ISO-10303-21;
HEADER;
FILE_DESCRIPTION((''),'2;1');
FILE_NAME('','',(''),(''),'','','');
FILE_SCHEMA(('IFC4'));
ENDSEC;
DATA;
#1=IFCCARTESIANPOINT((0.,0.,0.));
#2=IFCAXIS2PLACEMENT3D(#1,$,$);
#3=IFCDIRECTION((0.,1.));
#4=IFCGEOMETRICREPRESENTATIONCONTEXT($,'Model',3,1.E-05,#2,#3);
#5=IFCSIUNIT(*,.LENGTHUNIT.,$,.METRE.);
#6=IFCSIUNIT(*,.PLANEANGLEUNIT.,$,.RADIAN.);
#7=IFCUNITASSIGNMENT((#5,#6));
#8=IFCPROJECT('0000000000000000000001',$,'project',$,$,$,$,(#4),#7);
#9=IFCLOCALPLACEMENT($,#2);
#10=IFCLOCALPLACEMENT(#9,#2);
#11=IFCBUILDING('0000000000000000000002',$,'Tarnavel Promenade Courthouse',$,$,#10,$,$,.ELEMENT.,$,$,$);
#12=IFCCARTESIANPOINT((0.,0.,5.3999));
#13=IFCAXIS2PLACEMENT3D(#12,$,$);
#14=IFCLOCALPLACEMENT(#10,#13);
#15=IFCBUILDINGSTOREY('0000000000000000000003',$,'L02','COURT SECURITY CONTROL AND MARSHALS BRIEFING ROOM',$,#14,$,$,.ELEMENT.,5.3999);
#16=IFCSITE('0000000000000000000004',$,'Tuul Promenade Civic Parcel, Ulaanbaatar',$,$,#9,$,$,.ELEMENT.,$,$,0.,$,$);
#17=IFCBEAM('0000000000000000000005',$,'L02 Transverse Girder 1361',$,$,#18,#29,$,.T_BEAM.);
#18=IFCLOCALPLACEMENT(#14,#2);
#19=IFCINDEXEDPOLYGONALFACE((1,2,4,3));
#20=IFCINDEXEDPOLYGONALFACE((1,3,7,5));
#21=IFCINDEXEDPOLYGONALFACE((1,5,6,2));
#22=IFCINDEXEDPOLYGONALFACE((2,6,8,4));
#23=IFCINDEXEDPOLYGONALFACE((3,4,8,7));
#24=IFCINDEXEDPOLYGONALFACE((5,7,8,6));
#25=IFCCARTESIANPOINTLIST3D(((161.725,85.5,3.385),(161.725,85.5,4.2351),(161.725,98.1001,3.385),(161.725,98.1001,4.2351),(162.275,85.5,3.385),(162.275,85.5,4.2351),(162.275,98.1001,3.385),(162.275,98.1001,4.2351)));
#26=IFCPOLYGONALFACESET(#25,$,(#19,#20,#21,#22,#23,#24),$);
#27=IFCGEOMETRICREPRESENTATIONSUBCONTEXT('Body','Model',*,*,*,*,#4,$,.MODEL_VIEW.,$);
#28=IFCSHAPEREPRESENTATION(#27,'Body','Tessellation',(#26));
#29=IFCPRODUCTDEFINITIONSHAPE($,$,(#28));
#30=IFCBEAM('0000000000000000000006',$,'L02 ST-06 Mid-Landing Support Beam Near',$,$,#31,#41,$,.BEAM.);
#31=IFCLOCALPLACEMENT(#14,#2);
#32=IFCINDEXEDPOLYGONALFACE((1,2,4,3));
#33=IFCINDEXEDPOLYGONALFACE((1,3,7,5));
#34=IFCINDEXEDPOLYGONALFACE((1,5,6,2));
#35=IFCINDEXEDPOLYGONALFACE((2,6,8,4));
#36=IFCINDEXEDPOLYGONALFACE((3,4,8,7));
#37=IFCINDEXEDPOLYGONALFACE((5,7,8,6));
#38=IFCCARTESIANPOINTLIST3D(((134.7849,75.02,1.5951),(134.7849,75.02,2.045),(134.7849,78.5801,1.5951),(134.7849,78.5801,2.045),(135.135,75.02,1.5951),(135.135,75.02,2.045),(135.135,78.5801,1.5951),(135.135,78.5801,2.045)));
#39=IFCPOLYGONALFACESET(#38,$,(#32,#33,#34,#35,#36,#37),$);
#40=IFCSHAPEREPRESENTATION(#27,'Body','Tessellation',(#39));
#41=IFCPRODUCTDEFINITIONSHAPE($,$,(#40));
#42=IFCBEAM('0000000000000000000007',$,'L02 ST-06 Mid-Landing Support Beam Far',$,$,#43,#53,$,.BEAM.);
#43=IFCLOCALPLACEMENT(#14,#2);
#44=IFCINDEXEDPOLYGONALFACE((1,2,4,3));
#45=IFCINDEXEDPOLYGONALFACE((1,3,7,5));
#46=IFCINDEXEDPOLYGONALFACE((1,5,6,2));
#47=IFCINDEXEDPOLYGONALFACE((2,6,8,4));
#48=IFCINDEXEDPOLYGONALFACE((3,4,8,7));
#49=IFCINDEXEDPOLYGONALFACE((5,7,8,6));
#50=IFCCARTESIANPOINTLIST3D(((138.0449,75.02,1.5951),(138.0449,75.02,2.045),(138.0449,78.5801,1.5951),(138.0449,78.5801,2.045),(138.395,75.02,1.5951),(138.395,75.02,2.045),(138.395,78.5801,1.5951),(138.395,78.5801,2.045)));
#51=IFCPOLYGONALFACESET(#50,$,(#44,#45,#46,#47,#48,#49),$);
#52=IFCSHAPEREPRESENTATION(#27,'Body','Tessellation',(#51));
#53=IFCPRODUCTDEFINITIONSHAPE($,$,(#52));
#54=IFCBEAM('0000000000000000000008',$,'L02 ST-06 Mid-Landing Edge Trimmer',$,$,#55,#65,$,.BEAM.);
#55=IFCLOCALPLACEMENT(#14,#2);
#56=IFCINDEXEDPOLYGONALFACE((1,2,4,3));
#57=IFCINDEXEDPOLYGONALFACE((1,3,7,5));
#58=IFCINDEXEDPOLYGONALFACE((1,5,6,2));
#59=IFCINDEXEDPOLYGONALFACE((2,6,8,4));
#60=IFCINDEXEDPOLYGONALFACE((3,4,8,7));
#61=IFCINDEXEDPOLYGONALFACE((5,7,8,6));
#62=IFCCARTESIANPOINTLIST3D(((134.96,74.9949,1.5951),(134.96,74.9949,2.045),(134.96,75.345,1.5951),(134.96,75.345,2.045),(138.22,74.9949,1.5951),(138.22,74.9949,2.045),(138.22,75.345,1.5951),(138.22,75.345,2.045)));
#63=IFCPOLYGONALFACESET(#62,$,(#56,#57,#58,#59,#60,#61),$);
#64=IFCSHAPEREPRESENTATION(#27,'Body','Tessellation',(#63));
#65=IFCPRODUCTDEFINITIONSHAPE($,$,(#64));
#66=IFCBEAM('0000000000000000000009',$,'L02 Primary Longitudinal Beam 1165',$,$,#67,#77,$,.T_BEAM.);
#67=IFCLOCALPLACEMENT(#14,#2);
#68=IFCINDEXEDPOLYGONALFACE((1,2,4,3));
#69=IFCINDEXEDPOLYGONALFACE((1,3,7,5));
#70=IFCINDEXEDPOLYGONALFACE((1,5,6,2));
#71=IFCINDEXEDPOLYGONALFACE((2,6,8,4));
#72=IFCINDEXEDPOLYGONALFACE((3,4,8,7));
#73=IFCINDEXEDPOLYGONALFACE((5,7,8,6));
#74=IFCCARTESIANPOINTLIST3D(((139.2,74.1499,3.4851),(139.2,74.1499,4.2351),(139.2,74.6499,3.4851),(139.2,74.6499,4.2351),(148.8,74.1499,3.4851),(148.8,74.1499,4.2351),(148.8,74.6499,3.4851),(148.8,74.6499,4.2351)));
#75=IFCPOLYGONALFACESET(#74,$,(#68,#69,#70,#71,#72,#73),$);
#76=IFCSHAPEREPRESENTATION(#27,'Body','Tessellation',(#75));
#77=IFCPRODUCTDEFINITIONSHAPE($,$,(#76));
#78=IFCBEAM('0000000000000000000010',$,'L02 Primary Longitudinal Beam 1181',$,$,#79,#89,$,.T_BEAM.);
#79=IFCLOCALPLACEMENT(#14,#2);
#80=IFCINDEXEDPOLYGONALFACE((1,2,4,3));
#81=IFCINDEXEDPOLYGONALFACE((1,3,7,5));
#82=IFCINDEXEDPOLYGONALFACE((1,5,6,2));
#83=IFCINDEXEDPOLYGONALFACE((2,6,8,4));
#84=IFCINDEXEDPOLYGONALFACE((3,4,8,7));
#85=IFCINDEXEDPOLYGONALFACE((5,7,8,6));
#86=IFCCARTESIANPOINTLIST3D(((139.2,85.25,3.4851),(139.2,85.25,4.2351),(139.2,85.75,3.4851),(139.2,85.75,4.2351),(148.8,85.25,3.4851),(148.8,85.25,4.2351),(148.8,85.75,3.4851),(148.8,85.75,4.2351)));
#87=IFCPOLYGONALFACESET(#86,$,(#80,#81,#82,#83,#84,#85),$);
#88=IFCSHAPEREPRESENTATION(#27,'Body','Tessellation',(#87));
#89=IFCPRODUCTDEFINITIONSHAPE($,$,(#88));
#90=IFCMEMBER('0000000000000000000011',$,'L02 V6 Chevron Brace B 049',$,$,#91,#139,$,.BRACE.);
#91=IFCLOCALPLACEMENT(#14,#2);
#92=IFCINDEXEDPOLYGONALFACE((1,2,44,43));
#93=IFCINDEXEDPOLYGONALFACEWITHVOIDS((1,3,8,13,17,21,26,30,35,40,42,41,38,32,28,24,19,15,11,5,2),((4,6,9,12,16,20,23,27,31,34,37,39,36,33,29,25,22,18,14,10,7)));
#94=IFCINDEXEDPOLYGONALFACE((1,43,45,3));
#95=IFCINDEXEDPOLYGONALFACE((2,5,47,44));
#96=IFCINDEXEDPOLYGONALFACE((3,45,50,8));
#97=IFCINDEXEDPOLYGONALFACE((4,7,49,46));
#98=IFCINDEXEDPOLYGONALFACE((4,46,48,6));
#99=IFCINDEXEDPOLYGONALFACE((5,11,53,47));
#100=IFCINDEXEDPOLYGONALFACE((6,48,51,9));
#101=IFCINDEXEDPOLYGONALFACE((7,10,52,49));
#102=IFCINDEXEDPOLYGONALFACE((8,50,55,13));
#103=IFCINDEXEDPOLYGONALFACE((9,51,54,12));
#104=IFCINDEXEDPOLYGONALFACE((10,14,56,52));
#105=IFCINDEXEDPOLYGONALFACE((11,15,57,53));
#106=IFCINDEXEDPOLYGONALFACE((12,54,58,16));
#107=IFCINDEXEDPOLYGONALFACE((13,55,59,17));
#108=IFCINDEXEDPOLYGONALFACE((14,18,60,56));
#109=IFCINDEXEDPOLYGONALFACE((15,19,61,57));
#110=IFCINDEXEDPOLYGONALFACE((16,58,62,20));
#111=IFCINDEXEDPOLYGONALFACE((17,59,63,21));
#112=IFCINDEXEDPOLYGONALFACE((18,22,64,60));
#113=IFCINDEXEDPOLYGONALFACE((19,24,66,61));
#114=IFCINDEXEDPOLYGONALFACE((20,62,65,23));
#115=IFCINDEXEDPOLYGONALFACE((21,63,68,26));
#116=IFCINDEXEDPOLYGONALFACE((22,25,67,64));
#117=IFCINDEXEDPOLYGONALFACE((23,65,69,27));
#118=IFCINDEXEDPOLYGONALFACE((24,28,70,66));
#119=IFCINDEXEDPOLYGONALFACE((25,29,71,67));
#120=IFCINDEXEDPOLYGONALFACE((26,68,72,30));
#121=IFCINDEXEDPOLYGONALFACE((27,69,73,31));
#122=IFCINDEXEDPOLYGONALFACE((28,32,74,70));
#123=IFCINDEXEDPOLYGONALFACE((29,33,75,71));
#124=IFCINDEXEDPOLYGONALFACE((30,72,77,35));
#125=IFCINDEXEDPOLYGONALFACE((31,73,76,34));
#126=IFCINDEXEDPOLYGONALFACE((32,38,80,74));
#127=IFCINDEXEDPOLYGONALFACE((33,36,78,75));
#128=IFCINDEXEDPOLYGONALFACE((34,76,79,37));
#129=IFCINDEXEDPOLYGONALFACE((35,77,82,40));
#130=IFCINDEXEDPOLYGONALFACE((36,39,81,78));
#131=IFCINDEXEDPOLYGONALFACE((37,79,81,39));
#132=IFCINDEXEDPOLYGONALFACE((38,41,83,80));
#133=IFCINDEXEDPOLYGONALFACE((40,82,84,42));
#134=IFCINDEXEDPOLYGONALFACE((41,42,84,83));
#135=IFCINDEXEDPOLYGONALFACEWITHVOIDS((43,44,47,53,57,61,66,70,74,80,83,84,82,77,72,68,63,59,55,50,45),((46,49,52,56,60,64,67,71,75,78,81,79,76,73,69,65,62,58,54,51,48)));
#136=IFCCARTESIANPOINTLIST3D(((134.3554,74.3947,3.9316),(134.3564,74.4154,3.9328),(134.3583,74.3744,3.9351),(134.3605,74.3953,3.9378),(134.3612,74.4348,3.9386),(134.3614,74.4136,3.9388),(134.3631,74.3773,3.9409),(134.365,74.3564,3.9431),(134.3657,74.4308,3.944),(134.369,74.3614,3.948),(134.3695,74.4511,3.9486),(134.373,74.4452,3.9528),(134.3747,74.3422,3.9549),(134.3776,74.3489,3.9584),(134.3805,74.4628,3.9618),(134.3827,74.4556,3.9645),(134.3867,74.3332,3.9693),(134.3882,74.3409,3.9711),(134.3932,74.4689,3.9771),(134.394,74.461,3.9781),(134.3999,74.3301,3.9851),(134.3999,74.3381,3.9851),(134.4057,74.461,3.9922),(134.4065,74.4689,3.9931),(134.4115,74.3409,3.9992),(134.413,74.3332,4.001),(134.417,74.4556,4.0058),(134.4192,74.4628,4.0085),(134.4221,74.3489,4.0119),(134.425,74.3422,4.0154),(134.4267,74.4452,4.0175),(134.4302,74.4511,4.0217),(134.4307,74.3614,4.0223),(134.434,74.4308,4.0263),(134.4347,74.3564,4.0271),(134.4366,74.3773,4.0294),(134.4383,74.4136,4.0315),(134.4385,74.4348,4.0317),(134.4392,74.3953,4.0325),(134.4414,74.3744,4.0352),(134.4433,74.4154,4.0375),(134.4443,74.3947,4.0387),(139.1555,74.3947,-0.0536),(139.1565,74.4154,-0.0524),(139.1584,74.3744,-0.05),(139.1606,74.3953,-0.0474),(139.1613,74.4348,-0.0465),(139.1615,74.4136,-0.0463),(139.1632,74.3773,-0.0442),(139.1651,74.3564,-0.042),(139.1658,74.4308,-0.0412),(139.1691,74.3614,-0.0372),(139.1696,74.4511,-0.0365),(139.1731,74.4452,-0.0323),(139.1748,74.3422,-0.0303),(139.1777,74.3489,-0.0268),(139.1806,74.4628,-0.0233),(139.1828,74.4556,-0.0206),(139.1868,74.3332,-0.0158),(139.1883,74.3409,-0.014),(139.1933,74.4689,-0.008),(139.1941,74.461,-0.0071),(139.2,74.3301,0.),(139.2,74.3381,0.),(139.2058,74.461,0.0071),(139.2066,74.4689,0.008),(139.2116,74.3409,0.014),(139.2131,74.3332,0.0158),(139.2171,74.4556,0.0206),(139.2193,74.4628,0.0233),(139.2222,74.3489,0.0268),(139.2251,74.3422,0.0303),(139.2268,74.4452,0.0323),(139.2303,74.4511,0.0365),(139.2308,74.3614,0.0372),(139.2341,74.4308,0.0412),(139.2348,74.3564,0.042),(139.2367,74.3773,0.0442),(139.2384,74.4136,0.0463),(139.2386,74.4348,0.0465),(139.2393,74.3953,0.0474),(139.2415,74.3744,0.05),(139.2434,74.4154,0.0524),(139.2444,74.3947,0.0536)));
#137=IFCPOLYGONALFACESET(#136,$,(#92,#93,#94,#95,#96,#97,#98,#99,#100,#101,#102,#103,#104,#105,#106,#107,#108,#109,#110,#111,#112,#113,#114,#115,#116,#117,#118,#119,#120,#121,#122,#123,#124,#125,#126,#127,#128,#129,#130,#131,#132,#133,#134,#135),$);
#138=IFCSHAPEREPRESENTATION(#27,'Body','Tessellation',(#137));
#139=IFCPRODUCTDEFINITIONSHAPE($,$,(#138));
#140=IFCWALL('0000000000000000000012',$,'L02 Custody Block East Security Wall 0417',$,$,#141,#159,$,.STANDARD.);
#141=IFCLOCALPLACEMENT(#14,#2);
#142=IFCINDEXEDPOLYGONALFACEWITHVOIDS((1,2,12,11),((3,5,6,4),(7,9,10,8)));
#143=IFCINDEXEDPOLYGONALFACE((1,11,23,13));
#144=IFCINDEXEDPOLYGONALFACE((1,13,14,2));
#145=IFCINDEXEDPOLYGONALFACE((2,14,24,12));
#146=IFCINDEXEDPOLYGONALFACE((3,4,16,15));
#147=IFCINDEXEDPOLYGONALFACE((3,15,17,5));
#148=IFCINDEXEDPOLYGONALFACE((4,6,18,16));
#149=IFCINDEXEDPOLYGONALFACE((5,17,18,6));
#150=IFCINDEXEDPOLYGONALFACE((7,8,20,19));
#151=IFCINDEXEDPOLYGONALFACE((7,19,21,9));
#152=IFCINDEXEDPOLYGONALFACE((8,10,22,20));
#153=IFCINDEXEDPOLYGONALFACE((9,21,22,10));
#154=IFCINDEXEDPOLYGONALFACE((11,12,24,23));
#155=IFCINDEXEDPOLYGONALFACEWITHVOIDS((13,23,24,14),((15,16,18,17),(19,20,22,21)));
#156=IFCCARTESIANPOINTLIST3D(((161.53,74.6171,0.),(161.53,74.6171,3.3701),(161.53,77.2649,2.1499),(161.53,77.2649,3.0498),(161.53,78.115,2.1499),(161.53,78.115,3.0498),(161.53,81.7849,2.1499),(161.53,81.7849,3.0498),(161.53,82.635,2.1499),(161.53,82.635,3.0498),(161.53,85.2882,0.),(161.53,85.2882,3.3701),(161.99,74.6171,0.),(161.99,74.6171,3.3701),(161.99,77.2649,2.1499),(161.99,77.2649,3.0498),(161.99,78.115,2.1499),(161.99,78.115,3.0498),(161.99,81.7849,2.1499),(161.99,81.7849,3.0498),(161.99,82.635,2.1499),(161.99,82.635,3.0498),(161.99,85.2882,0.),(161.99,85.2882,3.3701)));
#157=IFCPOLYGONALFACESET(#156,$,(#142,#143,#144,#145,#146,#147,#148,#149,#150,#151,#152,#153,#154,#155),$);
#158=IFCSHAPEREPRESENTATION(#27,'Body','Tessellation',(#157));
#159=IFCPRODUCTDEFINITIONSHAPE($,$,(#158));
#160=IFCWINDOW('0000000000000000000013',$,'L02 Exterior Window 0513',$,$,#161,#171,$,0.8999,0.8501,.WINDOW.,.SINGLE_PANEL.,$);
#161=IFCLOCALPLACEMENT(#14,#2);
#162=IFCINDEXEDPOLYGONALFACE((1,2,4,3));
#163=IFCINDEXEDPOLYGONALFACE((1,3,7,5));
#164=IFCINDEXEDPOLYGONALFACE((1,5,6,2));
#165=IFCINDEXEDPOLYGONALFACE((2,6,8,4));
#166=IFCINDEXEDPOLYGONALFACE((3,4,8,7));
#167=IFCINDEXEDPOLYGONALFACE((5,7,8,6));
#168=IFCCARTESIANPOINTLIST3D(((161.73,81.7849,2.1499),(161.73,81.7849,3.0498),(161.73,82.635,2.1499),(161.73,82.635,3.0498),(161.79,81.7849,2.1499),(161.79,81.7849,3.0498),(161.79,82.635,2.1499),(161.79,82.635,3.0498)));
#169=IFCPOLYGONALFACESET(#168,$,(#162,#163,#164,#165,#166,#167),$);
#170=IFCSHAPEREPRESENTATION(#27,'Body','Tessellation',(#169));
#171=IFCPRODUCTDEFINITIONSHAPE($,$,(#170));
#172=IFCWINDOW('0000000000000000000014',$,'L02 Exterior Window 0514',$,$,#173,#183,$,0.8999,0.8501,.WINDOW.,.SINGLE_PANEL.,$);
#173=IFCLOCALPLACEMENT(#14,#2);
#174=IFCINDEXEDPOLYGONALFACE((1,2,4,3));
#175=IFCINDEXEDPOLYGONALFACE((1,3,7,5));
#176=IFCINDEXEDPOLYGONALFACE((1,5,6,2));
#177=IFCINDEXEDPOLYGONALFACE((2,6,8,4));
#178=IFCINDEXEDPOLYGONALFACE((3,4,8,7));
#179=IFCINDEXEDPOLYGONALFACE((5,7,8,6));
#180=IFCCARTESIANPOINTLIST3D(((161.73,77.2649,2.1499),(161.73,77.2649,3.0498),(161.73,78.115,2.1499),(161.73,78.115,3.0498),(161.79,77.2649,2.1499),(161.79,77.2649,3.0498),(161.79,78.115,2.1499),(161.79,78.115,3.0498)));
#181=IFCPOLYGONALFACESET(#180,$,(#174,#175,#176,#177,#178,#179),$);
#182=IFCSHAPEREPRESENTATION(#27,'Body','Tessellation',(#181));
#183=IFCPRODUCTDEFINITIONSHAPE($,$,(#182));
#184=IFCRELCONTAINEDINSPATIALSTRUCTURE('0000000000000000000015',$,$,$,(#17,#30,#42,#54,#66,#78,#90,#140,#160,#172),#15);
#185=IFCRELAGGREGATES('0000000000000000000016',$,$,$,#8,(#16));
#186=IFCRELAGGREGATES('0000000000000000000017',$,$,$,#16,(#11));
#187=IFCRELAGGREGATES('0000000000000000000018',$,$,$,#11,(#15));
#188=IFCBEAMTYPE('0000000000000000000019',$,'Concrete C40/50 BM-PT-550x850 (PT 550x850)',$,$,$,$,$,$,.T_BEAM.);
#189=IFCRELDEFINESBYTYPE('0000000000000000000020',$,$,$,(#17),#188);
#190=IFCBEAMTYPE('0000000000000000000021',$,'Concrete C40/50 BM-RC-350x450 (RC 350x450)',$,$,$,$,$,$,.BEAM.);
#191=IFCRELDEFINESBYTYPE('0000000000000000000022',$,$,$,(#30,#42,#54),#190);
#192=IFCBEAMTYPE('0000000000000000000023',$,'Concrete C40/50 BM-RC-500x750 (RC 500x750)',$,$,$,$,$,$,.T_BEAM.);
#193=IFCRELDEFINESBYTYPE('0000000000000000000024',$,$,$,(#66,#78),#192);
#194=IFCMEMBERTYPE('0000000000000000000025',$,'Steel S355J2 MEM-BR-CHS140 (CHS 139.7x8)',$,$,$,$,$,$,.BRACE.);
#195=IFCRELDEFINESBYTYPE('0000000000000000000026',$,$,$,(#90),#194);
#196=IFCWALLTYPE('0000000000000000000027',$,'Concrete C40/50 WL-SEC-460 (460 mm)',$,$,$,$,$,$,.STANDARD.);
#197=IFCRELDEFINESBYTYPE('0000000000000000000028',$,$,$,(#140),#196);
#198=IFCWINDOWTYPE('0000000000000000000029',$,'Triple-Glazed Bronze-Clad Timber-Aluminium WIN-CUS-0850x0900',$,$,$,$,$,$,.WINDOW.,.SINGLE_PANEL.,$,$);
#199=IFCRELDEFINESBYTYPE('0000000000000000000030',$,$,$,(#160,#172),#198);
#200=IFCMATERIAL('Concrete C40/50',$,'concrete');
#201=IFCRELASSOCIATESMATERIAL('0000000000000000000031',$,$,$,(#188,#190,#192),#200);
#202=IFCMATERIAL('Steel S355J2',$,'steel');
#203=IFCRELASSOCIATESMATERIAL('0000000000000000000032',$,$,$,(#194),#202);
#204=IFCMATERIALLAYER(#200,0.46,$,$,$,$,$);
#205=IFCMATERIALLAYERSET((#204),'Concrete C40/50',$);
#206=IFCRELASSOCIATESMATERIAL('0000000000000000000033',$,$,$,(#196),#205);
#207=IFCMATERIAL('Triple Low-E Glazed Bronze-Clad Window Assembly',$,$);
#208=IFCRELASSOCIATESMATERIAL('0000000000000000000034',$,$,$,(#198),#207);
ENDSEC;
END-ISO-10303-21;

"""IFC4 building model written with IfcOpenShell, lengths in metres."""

from ifc_helpers import new_model, si_unit, direction, frame, frame_2d, origin, origin_2d, place, context, subcontext, project, spatial, rectangle, hollow_circle, extrude, material, layer, layer_set, material_profile, profile_set, type_object, element, fill, save


model = new_model("IFC4")

# Units and contexts
model_context = context("Model", 3, precision=1e-05, world=origin(), true_north=direction((0.0, 1.0)))
body_context = subcontext(model_context, "Body", "Model", "MODEL_VIEW")
ifc_project = project(units=[si_unit("LENGTHUNIT", "METRE"), si_unit("PLANEANGLEUNIT", "RADIAN")], contexts=[model_context])

# Site, building, storey
site_placement = place(None, origin())
site = spatial("IfcSite", under=ifc_project, at=site_placement, Name="Tuul Promenade Civic Parcel, Ulaanbaatar", CompositionType="ELEMENT", RefElevation=0.0)
building_placement = place(site_placement, origin())
building = spatial("IfcBuilding", under=site, at=building_placement, Name="Tarnavel Promenade Courthouse", CompositionType="ELEMENT")
storey_placement = place(building_placement, frame((0.0, 0.0, 5.3999)))
storey = spatial("IfcBuildingStorey", under=building, at=storey_placement, Name="L02", Description="COURT SECURITY CONTROL AND MARSHALS BRIEFING ROOM", CompositionType="ELEMENT", Elevation=5.3999)

# Shared definitions
ifc_material_1 = material(Name="Concrete C40/50", Category="concrete")

# Beams
ifc_material_profile_1 = material_profile(ifc_material_1, rectangle(XDim=0.55, YDim=0.8501, at=origin_2d()), Name="PT 550x850")
ifc_profile_set_1 = profile_set([ifc_material_profile_1], Name="Concrete C40/50")
beam_type_1 = type_object("IfcBeamType", Name="Concrete C40/50 BM-PT-550x850 (PT 550x850)", PredefinedType="T_BEAM", material=ifc_profile_set_1)
for number, where, z_axis, x_axis, name in (
    (1, (162.0, 85.5, 3.8101), (0.0, 1.0, 0.0), (-1.0, 0.0, 0.0), "L02 Transverse Girder 1361"),
):
    element("IfcBeam", number, at=place(storey_placement, frame(where, z_axis=z_axis, x_axis=x_axis)), inside=storey, type_object=beam_type_1, Name=name, PredefinedType="T_BEAM", context=body_context, shape_type="SweptSolid", body=[
        extrude(rectangle(XDim=0.55, YDim=0.8501, at=origin_2d()), origin(), (0.0, 0.0, 1.0), 12.6001),
    ])
ifc_material_profile_2 = material_profile(ifc_material_1, rectangle(XDim=0.3501, YDim=0.45, at=origin_2d()), Name="RC 350x450")
ifc_profile_set_2 = profile_set([ifc_material_profile_2], Name="Concrete C40/50")
beam_type_2 = type_object("IfcBeamType", Name="Concrete C40/50 BM-RC-350x450 (RC 350x450)", PredefinedType="BEAM", material=ifc_profile_set_2)
for number, where, z_axis, x_axis, name in (
    (2, (134.96, 75.02, 1.8201), (0.0, 1.0, 0.0), (-1.0, 0.0, 0.0), "L02 ST-06 Mid-Landing Support Beam Near"),
    (3, (138.22, 75.02, 1.8201), (0.0, 1.0, 0.0), (-1.0, 0.0, 0.0), "L02 ST-06 Mid-Landing Support Beam Far"),
):
    element("IfcBeam", number, at=place(storey_placement, frame(where, z_axis=z_axis, x_axis=x_axis)), inside=storey, type_object=beam_type_2, Name=name, PredefinedType="BEAM", context=body_context, shape_type="SweptSolid", body=[
        extrude(rectangle(XDim=0.3501, YDim=0.45, at=origin_2d()), origin(), (0.0, 0.0, 1.0), 3.5601),
    ])
beam_placement = place(storey_placement, frame((134.96, 75.1699, 1.8201), z_axis=(1.0, 0.0, 0.0), x_axis=(0.0, 1.0, 0.0)))
element("IfcBeam", 4, at=beam_placement, inside=storey, type_object=beam_type_2, Name="L02 ST-06 Mid-Landing Edge Trimmer", PredefinedType="BEAM", context=body_context, shape_type="SweptSolid", body=[
    extrude(rectangle(XDim=0.3501, YDim=0.45, at=origin_2d()), origin(), (0.0, 0.0, 1.0), 3.26),
])
ifc_material_profile_3 = material_profile(ifc_material_1, rectangle(XDim=0.5, YDim=0.75, at=origin_2d()), Name="RC 500x750")
ifc_profile_set_3 = profile_set([ifc_material_profile_3], Name="Concrete C40/50")
beam_type_3 = type_object("IfcBeamType", Name="Concrete C40/50 BM-RC-500x750 (RC 500x750)", PredefinedType="T_BEAM", material=ifc_profile_set_3)
for number, where, z_axis, x_axis, name in (
    (5, (139.2, 74.3999, 3.8601), (1.0, 0.0, 0.0), (0.0, 1.0, 0.0), "L02 Primary Longitudinal Beam 1165"),
    (6, (139.2, 85.5, 3.8601), (1.0, 0.0, 0.0), (0.0, 1.0, 0.0), "L02 Primary Longitudinal Beam 1181"),
):
    element("IfcBeam", number, at=place(storey_placement, frame(where, z_axis=z_axis, x_axis=x_axis)), inside=storey, type_object=beam_type_3, Name=name, PredefinedType="T_BEAM", context=body_context, shape_type="SweptSolid", body=[
        extrude(rectangle(XDim=0.5, YDim=0.75, at=origin_2d()), origin(), (0.0, 0.0, 1.0), 9.6001),
    ])

# Member
ifc_material_2 = material(Name="Steel S355J2", Category="steel")
ifc_material_profile_4 = material_profile(ifc_material_2, hollow_circle(Radius=0.0698, WallThickness=0.0081, at=origin_2d()), Name="CHS 139.7x8")
ifc_profile_set_4 = profile_set([ifc_material_profile_4], Name="Steel S355J2")
member_type = type_object("IfcMemberType", Name="Steel S355J2 MEM-BR-CHS140 (CHS 139.7x8)", PredefinedType="BRACE", material=ifc_profile_set_4)
member_placement = place(storey_placement, frame((139.2, 74.3999, 0.0), z_axis=(-0.769397, 0.0, 0.638771), x_axis=(0.0, -1.0, 0.0)))
element("IfcMember", 7, at=member_placement, inside=storey, type_object=member_type, Name="L02 V6 Chevron Brace B 049", PredefinedType="BRACE", context=body_context, shape_type="SweptSolid", body=[
    extrude(hollow_circle(Radius=0.0698, WallThickness=0.0081, at=origin_2d()), origin(), (0.0, 0.0, 1.0), 6.2388),
])

# Wall, openings, windows
ifc_layer_1 = layer(ifc_material_1, 0.46)
ifc_layer_set_1 = layer_set([ifc_layer_1], Name="Concrete C40/50")
wall_type_1 = type_object("IfcWallType", Name="Concrete C40/50 WL-SEC-460 (460 mm)", PredefinedType="STANDARD", material=ifc_layer_set_1)
wall_1_placement = place(storey_placement, frame((161.76, 85.2881, 0.0), z_axis=(0.0, 0.0, 1.0), x_axis=(0.0, -1.0, 0.0)))
wall_1 = element("IfcWall", 8, at=wall_1_placement, inside=storey, type_object=wall_type_1, Name="L02 Custody Block East Security Wall 0417", PredefinedType="STANDARD", context=body_context, shape_type="SweptSolid", body=[
    extrude(rectangle(XDim=10.6711, YDim=0.46, at=frame_2d((5.3354, 0.0))), origin(), (0.0, 0.0, 1.0), 3.3701),
])
opening_1_placement = place(wall_1_placement, frame((2.6531, 0.0, 2.1499)))
opening_1 = element("IfcOpeningElement", 9, at=opening_1_placement, cuts=wall_1, PredefinedType="OPENING", context=body_context, shape_type="SweptSolid", body=[
    extrude(rectangle(XDim=0.8501, YDim=0.8999, at=frame_2d((0.425, 0.45))), frame((0.0, 0.24, 0.0), z_axis=(0.0, -1.0, 0.0), x_axis=(1.0, 0.0, 0.0)), (0.0, 0.0, 1.0), 0.48),
])
opening_2_placement = place(wall_1_placement, frame((7.1731, 0.0, 2.1499)))
opening_2 = element("IfcOpeningElement", 10, at=opening_2_placement, cuts=wall_1, PredefinedType="OPENING", context=body_context, shape_type="SweptSolid", body=[
    extrude(rectangle(XDim=0.8501, YDim=0.8999, at=frame_2d((0.425, 0.45))), frame((0.0, 0.24, 0.0), z_axis=(0.0, -1.0, 0.0), x_axis=(1.0, 0.0, 0.0)), (0.0, 0.0, 1.0), 0.48),
])
ifc_material_3 = material(Name="Triple Low-E Glazed Bronze-Clad Window Assembly")
window_type = type_object("IfcWindowType", Name="Triple-Glazed Bronze-Clad Timber-Aluminium WIN-CUS-0850x0900", PartitioningType="SINGLE_PANEL", PredefinedType="WINDOW", material=ifc_material_3)
window_1_placement = place(opening_1_placement, origin())
window_1 = element("IfcWindow", 11, at=window_1_placement, inside=storey, type_object=window_type, Name="L02 Exterior Window 0513", OverallHeight=0.8999, OverallWidth=0.8501, PartitioningType="SINGLE_PANEL", PredefinedType="WINDOW", context=body_context, shape_type="SweptSolid", body=[
    extrude(rectangle(XDim=0.8501, YDim=0.8999, at=frame_2d((0.425, 0.45))), frame((0.0, 0.03, 0.0), z_axis=(0.0, -1.0, 0.0), x_axis=(1.0, 0.0, 0.0)), (0.0, 0.0, 1.0), 0.0601),
])
fill(opening_1, window_1)
window_2_placement = place(opening_2_placement, origin())
window_2 = element("IfcWindow", 12, at=window_2_placement, inside=storey, type_object=window_type, Name="L02 Exterior Window 0514", OverallHeight=0.8999, OverallWidth=0.8501, PartitioningType="SINGLE_PANEL", PredefinedType="WINDOW", context=body_context, shape_type="SweptSolid", body=[
    extrude(rectangle(XDim=0.8501, YDim=0.8999, at=frame_2d((0.425, 0.45))), frame((0.0, 0.03, 0.0), z_axis=(0.0, -1.0, 0.0), x_axis=(1.0, 0.0, 0.0)), (0.0, 0.0, 1.0), 0.0601),
])
fill(opening_2, window_2)

save(model, "model.ifc")
